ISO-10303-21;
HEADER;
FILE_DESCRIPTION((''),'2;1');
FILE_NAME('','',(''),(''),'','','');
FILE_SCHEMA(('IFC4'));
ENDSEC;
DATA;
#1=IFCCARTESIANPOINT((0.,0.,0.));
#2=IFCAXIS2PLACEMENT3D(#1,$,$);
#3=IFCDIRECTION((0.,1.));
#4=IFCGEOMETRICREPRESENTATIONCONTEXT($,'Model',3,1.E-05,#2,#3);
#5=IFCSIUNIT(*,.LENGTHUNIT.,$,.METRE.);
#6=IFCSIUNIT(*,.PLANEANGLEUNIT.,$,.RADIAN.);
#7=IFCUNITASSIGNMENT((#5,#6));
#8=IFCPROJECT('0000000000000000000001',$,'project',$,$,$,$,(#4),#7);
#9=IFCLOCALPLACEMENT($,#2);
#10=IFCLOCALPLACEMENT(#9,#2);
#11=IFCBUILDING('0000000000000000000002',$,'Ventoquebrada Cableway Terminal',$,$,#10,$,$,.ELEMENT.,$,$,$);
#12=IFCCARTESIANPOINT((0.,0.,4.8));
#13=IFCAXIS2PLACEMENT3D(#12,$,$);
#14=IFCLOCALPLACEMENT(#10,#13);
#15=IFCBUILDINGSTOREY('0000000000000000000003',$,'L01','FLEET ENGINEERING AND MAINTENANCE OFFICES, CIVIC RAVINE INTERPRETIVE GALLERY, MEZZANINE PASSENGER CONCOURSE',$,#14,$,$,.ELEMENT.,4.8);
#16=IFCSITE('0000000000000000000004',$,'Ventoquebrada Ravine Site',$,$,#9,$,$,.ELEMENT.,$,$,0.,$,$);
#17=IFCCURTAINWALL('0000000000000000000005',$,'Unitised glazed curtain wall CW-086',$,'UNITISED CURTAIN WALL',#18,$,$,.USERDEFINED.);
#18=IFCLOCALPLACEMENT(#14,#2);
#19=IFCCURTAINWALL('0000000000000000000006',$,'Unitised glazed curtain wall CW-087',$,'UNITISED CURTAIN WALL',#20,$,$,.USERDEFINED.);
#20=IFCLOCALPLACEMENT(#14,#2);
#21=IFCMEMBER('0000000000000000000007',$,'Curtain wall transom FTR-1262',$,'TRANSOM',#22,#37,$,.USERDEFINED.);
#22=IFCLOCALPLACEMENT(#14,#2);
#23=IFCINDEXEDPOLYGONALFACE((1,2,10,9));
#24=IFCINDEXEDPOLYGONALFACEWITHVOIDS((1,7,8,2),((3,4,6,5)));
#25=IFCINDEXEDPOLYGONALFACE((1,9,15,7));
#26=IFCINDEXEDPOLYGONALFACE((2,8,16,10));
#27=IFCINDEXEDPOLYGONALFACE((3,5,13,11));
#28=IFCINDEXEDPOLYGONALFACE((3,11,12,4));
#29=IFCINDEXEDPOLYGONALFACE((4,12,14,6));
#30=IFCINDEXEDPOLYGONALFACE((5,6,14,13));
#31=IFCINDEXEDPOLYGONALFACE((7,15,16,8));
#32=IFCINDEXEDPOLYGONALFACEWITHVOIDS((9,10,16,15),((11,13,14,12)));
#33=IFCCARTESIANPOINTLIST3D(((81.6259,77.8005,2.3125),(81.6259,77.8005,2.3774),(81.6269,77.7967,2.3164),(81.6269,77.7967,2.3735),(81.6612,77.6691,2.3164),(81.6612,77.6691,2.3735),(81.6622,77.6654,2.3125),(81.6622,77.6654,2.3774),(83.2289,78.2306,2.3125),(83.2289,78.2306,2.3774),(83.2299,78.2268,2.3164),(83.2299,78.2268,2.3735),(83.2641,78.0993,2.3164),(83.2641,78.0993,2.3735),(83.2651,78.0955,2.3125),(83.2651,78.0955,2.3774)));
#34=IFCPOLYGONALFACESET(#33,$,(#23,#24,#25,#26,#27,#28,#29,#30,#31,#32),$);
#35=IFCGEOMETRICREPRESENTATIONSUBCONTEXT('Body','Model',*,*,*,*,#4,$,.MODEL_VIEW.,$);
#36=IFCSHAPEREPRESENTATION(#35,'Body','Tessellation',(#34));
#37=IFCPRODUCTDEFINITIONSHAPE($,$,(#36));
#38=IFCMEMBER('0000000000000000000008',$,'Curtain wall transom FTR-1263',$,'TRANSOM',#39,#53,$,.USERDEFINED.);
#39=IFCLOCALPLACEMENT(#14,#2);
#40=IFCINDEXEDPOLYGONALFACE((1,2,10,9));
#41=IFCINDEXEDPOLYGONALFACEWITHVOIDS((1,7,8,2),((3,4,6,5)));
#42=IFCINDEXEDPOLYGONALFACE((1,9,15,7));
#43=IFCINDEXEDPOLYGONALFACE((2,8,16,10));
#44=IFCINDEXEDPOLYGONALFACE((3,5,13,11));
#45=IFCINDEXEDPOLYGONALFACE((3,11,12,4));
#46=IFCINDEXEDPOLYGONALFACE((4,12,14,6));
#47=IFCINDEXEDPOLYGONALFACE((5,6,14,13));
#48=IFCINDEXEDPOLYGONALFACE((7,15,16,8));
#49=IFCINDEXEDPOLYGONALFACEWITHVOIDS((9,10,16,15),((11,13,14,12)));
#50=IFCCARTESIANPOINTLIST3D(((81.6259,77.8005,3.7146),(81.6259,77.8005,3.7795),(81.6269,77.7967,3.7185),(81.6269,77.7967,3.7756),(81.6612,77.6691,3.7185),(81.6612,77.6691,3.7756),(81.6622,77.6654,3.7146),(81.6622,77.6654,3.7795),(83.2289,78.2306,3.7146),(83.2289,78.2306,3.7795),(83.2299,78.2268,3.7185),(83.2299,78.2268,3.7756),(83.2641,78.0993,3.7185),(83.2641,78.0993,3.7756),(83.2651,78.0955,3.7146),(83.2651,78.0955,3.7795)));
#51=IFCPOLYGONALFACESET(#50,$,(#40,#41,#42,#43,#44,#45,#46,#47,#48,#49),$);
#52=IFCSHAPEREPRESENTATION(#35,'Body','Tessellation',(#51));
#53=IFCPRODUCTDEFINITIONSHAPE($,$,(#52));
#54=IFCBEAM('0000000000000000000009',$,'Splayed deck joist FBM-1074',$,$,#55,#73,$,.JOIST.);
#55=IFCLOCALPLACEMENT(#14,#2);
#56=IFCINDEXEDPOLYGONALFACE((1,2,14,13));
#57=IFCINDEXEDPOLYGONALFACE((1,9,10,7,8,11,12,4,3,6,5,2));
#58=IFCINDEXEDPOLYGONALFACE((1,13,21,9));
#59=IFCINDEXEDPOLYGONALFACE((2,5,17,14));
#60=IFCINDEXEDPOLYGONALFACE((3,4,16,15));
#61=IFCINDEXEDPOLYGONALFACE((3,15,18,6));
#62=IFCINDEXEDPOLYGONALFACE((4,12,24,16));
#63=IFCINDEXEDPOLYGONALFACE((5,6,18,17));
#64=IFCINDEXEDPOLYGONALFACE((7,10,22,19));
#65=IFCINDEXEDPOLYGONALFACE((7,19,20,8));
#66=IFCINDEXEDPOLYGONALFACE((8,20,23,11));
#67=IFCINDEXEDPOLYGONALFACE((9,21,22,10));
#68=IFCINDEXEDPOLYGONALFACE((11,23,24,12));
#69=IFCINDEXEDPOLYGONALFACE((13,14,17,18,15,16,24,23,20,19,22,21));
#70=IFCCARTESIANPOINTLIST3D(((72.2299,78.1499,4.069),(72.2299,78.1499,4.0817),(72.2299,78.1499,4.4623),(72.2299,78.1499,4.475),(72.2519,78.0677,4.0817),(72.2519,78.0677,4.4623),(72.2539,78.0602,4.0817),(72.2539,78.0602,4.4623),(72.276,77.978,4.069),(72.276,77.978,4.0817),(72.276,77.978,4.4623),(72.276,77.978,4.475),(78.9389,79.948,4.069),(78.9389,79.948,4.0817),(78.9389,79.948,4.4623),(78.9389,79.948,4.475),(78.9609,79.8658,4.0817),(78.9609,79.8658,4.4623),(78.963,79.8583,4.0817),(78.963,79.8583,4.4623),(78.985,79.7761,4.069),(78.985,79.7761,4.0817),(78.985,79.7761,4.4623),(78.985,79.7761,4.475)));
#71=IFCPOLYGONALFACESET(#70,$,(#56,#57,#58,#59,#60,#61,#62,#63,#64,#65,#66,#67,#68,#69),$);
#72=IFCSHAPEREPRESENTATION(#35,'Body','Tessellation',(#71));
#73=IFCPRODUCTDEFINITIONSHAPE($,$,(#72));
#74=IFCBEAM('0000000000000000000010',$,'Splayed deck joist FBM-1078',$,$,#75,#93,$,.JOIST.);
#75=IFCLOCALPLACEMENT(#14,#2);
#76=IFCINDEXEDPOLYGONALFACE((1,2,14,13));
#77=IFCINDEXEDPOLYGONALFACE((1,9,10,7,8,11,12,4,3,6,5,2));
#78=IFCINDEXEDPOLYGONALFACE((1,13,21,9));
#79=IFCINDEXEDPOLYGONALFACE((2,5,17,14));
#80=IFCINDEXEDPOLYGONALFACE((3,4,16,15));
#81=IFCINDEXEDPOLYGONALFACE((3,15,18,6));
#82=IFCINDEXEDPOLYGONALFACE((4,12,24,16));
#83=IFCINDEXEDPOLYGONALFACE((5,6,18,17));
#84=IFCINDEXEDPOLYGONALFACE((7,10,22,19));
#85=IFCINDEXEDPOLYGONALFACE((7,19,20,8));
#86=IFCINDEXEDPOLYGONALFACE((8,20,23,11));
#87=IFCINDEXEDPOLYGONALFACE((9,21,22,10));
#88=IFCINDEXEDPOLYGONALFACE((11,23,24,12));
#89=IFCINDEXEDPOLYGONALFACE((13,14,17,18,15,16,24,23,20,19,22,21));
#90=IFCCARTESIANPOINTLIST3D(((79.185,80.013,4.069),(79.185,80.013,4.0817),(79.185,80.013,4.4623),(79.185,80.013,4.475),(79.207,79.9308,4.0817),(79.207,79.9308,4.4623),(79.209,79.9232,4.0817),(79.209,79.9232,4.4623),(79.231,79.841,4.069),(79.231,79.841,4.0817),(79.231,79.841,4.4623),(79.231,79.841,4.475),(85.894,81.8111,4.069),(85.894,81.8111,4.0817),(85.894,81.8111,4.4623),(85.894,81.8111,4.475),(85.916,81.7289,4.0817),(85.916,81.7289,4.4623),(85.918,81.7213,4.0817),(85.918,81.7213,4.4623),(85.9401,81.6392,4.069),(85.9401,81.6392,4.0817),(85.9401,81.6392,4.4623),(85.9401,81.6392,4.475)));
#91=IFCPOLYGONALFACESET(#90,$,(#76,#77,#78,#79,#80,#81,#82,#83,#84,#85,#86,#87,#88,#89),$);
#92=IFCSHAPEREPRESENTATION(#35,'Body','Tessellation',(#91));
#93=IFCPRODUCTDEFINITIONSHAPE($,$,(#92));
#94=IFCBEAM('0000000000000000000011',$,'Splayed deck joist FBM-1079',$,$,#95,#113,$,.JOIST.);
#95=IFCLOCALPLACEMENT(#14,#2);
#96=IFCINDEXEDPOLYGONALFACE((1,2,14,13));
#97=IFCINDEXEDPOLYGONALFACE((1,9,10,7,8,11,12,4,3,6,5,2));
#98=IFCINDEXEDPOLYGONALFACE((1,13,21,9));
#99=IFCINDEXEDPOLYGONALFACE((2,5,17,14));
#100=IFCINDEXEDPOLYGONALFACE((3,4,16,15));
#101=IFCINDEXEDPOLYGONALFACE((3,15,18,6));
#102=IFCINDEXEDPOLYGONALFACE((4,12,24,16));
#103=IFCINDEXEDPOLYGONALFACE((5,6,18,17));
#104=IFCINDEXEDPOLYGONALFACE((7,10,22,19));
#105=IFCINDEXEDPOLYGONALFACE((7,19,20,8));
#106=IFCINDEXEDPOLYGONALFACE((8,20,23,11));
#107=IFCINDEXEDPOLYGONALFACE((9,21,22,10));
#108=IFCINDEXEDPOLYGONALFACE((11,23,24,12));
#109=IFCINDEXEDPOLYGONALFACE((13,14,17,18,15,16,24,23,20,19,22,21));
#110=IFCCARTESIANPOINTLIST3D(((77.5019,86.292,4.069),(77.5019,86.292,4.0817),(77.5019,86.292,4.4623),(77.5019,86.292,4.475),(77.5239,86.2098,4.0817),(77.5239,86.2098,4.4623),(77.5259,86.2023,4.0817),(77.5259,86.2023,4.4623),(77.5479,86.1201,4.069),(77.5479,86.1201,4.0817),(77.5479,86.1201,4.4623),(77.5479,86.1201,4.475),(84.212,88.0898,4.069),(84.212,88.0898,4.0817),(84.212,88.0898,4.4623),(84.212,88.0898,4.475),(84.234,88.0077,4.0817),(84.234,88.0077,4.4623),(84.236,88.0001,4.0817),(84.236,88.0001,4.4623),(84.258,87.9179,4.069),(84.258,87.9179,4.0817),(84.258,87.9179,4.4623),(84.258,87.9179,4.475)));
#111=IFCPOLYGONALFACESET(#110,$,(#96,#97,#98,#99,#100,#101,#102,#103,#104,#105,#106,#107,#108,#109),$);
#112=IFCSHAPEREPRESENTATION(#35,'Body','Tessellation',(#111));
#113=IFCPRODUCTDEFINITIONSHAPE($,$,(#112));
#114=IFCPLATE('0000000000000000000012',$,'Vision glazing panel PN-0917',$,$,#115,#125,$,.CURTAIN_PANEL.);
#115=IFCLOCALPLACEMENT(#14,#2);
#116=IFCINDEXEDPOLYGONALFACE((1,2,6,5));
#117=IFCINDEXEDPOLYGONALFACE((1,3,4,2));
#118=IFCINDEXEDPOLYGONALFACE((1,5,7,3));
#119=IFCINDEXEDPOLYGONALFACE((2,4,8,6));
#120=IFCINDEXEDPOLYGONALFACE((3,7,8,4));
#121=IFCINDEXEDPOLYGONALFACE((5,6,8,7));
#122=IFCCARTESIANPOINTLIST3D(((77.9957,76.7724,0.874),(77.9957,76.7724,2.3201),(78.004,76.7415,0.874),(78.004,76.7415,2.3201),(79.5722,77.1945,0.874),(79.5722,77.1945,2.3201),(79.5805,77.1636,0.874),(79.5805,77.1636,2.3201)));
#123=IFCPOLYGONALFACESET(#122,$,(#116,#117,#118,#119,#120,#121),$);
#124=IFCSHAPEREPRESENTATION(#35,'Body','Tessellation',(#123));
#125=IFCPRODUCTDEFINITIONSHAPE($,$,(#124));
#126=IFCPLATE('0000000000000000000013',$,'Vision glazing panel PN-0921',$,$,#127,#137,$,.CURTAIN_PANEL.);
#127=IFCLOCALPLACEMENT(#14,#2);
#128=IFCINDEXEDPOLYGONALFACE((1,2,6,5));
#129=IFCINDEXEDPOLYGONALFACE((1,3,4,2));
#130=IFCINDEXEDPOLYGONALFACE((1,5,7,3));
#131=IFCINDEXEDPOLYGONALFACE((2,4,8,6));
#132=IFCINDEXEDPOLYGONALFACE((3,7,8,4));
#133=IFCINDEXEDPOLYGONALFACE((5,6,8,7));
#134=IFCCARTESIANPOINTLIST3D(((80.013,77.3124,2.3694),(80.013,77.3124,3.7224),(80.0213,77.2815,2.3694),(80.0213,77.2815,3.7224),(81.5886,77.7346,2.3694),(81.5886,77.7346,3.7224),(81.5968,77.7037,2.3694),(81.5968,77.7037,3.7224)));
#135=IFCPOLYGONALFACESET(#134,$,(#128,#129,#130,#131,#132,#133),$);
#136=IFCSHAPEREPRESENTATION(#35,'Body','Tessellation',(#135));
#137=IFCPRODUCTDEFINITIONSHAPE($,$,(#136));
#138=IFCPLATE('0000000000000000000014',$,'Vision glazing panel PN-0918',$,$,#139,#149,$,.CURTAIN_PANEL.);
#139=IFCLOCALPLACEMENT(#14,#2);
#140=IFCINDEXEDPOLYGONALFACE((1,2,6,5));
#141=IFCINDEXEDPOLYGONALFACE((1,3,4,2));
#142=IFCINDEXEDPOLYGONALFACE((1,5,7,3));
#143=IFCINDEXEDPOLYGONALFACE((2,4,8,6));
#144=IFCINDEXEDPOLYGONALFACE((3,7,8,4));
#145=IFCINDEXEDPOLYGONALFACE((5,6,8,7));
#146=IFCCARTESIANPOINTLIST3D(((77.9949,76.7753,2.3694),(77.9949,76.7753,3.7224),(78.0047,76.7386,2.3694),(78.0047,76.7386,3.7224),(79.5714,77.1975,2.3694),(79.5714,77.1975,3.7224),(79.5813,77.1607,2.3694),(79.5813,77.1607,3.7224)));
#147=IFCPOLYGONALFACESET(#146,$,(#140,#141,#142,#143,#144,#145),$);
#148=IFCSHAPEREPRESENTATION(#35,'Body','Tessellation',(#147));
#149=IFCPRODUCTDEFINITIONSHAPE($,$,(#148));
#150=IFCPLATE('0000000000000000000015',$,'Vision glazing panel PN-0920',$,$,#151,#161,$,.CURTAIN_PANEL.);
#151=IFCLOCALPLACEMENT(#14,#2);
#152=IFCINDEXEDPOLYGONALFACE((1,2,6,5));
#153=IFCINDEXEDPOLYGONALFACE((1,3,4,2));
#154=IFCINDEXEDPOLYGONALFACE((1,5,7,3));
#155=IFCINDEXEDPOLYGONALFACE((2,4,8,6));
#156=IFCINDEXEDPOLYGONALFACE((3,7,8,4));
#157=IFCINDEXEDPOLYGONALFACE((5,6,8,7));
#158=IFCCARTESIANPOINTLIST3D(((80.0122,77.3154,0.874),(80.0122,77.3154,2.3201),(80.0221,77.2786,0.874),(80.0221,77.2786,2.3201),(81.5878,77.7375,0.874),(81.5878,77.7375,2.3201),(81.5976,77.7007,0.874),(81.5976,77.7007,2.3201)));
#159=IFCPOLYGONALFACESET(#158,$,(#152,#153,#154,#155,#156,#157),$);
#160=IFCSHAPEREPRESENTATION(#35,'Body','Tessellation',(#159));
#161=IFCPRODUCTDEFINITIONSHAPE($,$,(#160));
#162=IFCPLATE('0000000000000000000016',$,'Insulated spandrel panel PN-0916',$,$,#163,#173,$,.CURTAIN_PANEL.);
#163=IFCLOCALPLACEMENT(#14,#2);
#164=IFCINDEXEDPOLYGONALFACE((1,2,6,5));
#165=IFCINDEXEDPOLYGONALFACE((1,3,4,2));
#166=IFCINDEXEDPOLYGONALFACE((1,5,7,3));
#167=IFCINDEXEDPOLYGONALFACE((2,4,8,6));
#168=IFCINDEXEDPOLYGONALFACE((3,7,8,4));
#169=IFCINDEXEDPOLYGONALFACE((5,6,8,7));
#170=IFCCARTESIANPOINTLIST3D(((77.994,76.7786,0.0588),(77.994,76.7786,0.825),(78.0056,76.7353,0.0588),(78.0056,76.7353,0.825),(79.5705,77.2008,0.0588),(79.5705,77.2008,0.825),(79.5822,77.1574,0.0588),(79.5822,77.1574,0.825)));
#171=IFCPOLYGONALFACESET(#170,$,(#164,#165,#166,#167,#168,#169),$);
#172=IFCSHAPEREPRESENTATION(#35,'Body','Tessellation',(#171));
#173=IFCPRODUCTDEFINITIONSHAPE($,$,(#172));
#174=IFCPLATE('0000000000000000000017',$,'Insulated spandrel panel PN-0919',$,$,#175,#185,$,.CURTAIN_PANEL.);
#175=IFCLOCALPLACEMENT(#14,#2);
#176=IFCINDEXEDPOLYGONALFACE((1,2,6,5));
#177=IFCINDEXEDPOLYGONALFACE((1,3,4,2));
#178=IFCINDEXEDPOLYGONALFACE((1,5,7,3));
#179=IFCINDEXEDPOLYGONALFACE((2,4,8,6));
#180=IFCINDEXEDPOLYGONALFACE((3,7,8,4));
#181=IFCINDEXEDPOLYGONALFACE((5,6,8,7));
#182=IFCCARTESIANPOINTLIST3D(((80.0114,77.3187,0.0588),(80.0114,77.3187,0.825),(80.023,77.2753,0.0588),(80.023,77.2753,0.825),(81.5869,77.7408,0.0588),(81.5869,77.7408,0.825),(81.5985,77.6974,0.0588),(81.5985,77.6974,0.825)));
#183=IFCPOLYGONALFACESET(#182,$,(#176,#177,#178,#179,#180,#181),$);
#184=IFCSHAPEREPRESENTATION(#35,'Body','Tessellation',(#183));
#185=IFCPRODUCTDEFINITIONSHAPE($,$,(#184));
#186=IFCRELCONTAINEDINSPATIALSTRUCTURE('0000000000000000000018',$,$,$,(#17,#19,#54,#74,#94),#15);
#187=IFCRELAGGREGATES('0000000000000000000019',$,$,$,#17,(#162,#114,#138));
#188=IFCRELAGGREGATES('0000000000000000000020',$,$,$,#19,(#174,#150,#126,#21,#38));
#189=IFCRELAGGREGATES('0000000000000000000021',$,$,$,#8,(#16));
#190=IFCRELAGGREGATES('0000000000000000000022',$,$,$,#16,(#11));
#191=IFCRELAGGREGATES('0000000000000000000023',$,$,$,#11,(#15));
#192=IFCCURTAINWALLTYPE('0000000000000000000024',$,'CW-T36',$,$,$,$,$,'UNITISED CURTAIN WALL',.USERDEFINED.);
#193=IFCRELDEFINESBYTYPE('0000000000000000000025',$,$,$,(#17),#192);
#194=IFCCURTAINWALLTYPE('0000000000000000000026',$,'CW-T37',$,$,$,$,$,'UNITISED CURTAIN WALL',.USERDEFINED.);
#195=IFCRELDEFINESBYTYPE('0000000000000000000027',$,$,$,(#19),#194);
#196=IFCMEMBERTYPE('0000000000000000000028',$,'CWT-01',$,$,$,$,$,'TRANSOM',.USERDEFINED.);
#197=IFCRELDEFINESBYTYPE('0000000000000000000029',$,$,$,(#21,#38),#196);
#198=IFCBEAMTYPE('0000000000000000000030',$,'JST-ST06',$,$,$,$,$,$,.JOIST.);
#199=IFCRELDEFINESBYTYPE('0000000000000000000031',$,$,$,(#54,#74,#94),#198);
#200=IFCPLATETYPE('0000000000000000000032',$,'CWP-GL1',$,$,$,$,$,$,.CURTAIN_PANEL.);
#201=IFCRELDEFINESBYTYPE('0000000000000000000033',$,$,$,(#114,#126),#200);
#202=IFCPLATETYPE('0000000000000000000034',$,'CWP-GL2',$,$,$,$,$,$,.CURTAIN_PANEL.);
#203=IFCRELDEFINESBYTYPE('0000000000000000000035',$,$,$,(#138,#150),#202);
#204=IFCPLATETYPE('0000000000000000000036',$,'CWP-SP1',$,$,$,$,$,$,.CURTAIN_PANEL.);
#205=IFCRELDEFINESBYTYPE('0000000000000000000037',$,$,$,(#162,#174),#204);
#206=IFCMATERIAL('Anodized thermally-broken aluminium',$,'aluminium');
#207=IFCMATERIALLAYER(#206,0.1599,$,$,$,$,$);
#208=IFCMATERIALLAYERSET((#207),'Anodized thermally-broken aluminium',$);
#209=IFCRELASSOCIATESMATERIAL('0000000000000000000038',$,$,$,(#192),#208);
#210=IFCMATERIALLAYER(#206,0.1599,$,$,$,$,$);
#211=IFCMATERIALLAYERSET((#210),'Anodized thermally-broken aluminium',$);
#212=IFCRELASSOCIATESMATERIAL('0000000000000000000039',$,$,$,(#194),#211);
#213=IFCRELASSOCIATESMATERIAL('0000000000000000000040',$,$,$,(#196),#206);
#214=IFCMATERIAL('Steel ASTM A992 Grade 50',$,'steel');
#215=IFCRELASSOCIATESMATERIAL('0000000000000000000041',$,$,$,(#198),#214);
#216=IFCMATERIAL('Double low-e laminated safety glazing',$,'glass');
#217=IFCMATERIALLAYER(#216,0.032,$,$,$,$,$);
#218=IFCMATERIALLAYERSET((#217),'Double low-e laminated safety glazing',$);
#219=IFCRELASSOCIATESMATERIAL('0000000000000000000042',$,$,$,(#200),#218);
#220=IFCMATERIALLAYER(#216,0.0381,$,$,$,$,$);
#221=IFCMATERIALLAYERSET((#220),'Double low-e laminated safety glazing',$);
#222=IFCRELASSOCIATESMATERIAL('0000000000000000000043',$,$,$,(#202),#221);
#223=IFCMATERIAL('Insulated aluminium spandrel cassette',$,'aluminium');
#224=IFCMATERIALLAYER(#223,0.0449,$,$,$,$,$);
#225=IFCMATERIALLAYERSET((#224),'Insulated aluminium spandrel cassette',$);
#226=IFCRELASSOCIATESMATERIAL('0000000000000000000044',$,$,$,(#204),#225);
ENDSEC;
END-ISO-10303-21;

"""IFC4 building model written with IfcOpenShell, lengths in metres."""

from ifc_helpers import new_model, si_unit, direction, frame, origin, origin_2d, place, context, subcontext, project, spatial, rectangle, hollow_rectangle, i_section, extrude, material, layer, layer_set, material_profile, profile_set, type_object, element, aggregate, save


model = new_model("IFC4")

# Units and contexts
model_context = context("Model", 3, precision=1e-05, world=origin(), true_north=direction((0.0, 1.0)))
body_context = subcontext(model_context, "Body", "Model", "MODEL_VIEW")
ifc_project = project(units=[si_unit("LENGTHUNIT", "METRE"), si_unit("PLANEANGLEUNIT", "RADIAN")], contexts=[model_context])

# Site, building, storey
site_placement = place(None, origin())
site = spatial("IfcSite", under=ifc_project, at=site_placement, Name="Ventoquebrada Ravine Site", CompositionType="ELEMENT", RefElevation=0.0)
building_placement = place(site_placement, origin())
building = spatial("IfcBuilding", under=site, at=building_placement, Name="Ventoquebrada Cableway Terminal", CompositionType="ELEMENT")
storey_placement = place(building_placement, frame((0.0, 0.0, 4.8)))
storey = spatial("IfcBuildingStorey", under=building, at=storey_placement, Name="L01", Description="FLEET ENGINEERING AND MAINTENANCE OFFICES, CIVIC RAVINE INTERPRETIVE GALLERY, MEZZANINE PASSENGER CONCOURSE", CompositionType="ELEMENT", Elevation=4.8)

# Shared definitions
ifc_material_1 = material(Name="Steel ASTM A992 Grade 50", Category="steel")

# Curtain walls
ifc_material_2 = material(Name="Anodized thermally-broken aluminium", Category="aluminium")
ifc_layer_1 = layer(ifc_material_2, 0.1599)
ifc_layer_set_1 = layer_set([ifc_layer_1], Name="Anodized thermally-broken aluminium")
curtain_wall_type_1 = type_object("IfcCurtainWallType", Name="CW-T36", ElementType="UNITISED CURTAIN WALL", PredefinedType="USERDEFINED", material=ifc_layer_set_1)
curtain_wall_1_placement = place(storey_placement, origin())
curtain_wall_1 = element("IfcCurtainWall", 1, at=curtain_wall_1_placement, inside=storey, type_object=curtain_wall_type_1, Name="Unitised glazed curtain wall CW-086", ObjectType="UNITISED CURTAIN WALL", PredefinedType="USERDEFINED")
ifc_layer_2 = layer(ifc_material_2, 0.1599)
ifc_layer_set_2 = layer_set([ifc_layer_2], Name="Anodized thermally-broken aluminium")
curtain_wall_type_2 = type_object("IfcCurtainWallType", Name="CW-T37", ElementType="UNITISED CURTAIN WALL", PredefinedType="USERDEFINED", material=ifc_layer_set_2)
curtain_wall_2_placement = place(storey_placement, origin())
curtain_wall_2 = element("IfcCurtainWall", 2, at=curtain_wall_2_placement, inside=storey, type_object=curtain_wall_type_2, Name="Unitised glazed curtain wall CW-087", ObjectType="UNITISED CURTAIN WALL", PredefinedType="USERDEFINED")

# Members
ifc_material_profile_1 = material_profile(ifc_material_2, hollow_rectangle(XDim=0.0649, YDim=0.1399, WallThickness=0.0039, at=origin_2d()), Name="CW-TRN-65X140")
ifc_profile_set_1 = profile_set([ifc_material_profile_1], Name="Anodized thermally-broken aluminium")
member_type_1 = type_object("IfcMemberType", Name="CWT-01", ElementType="TRANSOM", PredefinedType="USERDEFINED", material=ifc_profile_set_1)
member_1_placement = place(storey_placement, frame((81.644, 77.7329, 2.345), z_axis=(0.965828, 0.259182, 0.0), x_axis=(0.0, 0.0, 1.0)))
member_1 = element("IfcMember", 3, at=member_1_placement, type_object=member_type_1, Name="Curtain wall transom FTR-1262", ObjectType="TRANSOM", PredefinedType="USERDEFINED", context=body_context, shape_type="SweptSolid", body=[
    extrude(hollow_rectangle(XDim=0.0649, YDim=0.1399, WallThickness=0.0039, at=origin_2d()), origin(), (0.0, 0.0, 1.0), 1.6597),
])
member_2_placement = place(storey_placement, frame((81.644, 77.7329, 3.7471), z_axis=(0.965828, 0.259182, 0.0), x_axis=(0.0, 0.0, 1.0)))
member_2 = element("IfcMember", 4, at=member_2_placement, type_object=member_type_1, Name="Curtain wall transom FTR-1263", ObjectType="TRANSOM", PredefinedType="USERDEFINED", context=body_context, shape_type="SweptSolid", body=[
    extrude(hollow_rectangle(XDim=0.0649, YDim=0.1399, WallThickness=0.0039, at=origin_2d()), origin(), (0.0, 0.0, 1.0), 1.6597),
])

# Beams
ifc_material_profile_2 = material_profile(ifc_material_1, i_section(OverallWidth=0.178, OverallDepth=0.406, WebThickness=0.0078, FlangeThickness=0.0127, at=origin_2d()), Name="W16X40")
ifc_profile_set_2 = profile_set([ifc_material_profile_2], Name="Steel ASTM A992 Grade 50")
beam_type_1 = type_object("IfcBeamType", Name="JST-ST06", PredefinedType="JOIST", material=ifc_profile_set_2)
for number, where, z_axis, x_axis, name in (
    (5, (72.2529, 78.064, 4.272), (0.96591, 0.258877, 0.0), (-0.258877, 0.96591, 0.0), "Splayed deck joist FBM-1074"),
    (6, (79.208, 79.927, 4.272), (0.96591, 0.258877, 0.0), (-0.258877, 0.96591, 0.0), "Splayed deck joist FBM-1078"),
):
    element("IfcBeam", number, at=place(storey_placement, frame(where, z_axis=z_axis, x_axis=x_axis)), inside=storey, type_object=beam_type_1, Name=name, PredefinedType="JOIST", context=body_context, shape_type="SweptSolid", body=[
        extrude(i_section(OverallWidth=0.178, OverallDepth=0.406, WebThickness=0.0078, FlangeThickness=0.0127, at=origin_2d()), origin(), (0.0, 0.0, 1.0), 6.9458),
    ])
beam_1_placement = place(storey_placement, frame((77.5249, 86.2061, 4.272), z_axis=(0.965931, 0.2588, 0.0), x_axis=(-0.2588, 0.965931, 0.0)))
element("IfcBeam", 7, at=beam_1_placement, inside=storey, type_object=beam_type_1, Name="Splayed deck joist FBM-1079", PredefinedType="JOIST", context=body_context, shape_type="SweptSolid", body=[
    extrude(i_section(OverallWidth=0.178, OverallDepth=0.406, WebThickness=0.0078, FlangeThickness=0.0127, at=origin_2d()), origin(), (0.0, 0.0, 1.0), 6.9468),
])

# Plates
ifc_material_3 = material(Name="Double low-e laminated safety glazing", Category="glass")
ifc_layer_3 = layer(ifc_material_3, 0.032)
ifc_layer_set_3 = layer_set([ifc_layer_3], Name="Double low-e laminated safety glazing")
plate_type_1 = type_object("IfcPlateType", Name="CWP-GL1", PredefinedType="CURTAIN_PANEL", material=ifc_layer_set_3)
plate_1_placement = place(storey_placement, frame((78.7881, 76.968, 0.874), z_axis=(0.0, 0.0, 1.0), x_axis=(0.965971, 0.25865, 0.0)))
plate_1 = element("IfcPlate", 8, at=plate_1_placement, type_object=plate_type_1, Name="Vision glazing panel PN-0917", PredefinedType="CURTAIN_PANEL", context=body_context, shape_type="SweptSolid", body=[
    extrude(rectangle(XDim=1.6321, YDim=0.032, at=origin_2d()), origin(), (0.0, 0.0, 1.0), 1.446),
])
plate_2_placement = place(storey_placement, frame((80.8049, 77.5081, 2.3694), z_axis=(0.0, 0.0, 1.0), x_axis=(0.965926, 0.258819, 0.0)))
plate_2 = element("IfcPlate", 9, at=plate_2_placement, type_object=plate_type_1, Name="Vision glazing panel PN-0921", PredefinedType="CURTAIN_PANEL", context=body_context, shape_type="SweptSolid", body=[
    extrude(rectangle(XDim=1.6311, YDim=0.032, at=origin_2d()), origin(), (0.0, 0.0, 1.0), 1.353),
])
ifc_layer_4 = layer(ifc_material_3, 0.0381)
ifc_layer_set_4 = layer_set([ifc_layer_4], Name="Double low-e laminated safety glazing")
plate_type_2 = type_object("IfcPlateType", Name="CWP-GL2", PredefinedType="CURTAIN_PANEL", material=ifc_layer_set_4)
plate_3_placement = place(storey_placement, frame((78.7881, 76.968, 2.3694), z_axis=(0.0, 0.0, 1.0), x_axis=(0.965971, 0.25865, 0.0)))
plate_3 = element("IfcPlate", 10, at=plate_3_placement, type_object=plate_type_2, Name="Vision glazing panel PN-0918", PredefinedType="CURTAIN_PANEL", context=body_context, shape_type="SweptSolid", body=[
    extrude(rectangle(XDim=1.6321, YDim=0.0381, at=origin_2d()), origin(), (0.0, 0.0, 1.0), 1.353),
])
plate_4_placement = place(storey_placement, frame((80.8049, 77.5081, 0.874), z_axis=(0.0, 0.0, 1.0), x_axis=(0.965926, 0.258819, 0.0)))
plate_4 = element("IfcPlate", 11, at=plate_4_placement, type_object=plate_type_2, Name="Vision glazing panel PN-0920", PredefinedType="CURTAIN_PANEL", context=body_context, shape_type="SweptSolid", body=[
    extrude(rectangle(XDim=1.6311, YDim=0.0381, at=origin_2d()), origin(), (0.0, 0.0, 1.0), 1.446),
])
ifc_material_4 = material(Name="Insulated aluminium spandrel cassette", Category="aluminium")
ifc_layer_5 = layer(ifc_material_4, 0.0449)
ifc_layer_set_5 = layer_set([ifc_layer_5], Name="Insulated aluminium spandrel cassette")
plate_type_3 = type_object("IfcPlateType", Name="CWP-SP1", PredefinedType="CURTAIN_PANEL", material=ifc_layer_set_5)
plate_5_placement = place(storey_placement, frame((78.7881, 76.968, 0.0588), z_axis=(0.0, 0.0, 1.0), x_axis=(0.965971, 0.25865, 0.0)))
plate_5 = element("IfcPlate", 12, at=plate_5_placement, type_object=plate_type_3, Name="Insulated spandrel panel PN-0916", PredefinedType="CURTAIN_PANEL", context=body_context, shape_type="SweptSolid", body=[
    extrude(rectangle(XDim=1.6321, YDim=0.0449, at=origin_2d()), origin(), (0.0, 0.0, 1.0), 0.7661),
])
aggregate(curtain_wall_1, [plate_5, plate_1, plate_3])
plate_6_placement = place(storey_placement, frame((80.8049, 77.5081, 0.0588), z_axis=(0.0, 0.0, 1.0), x_axis=(0.965926, 0.258819, 0.0)))
plate_6 = element("IfcPlate", 13, at=plate_6_placement, type_object=plate_type_3, Name="Insulated spandrel panel PN-0919", PredefinedType="CURTAIN_PANEL", context=body_context, shape_type="SweptSolid", body=[
    extrude(rectangle(XDim=1.6311, YDim=0.0449, at=origin_2d()), origin(), (0.0, 0.0, 1.0), 0.7661),
])
aggregate(curtain_wall_2, [plate_6, plate_4, plate_2, member_1, member_2])

save(model, "model.ifc")
